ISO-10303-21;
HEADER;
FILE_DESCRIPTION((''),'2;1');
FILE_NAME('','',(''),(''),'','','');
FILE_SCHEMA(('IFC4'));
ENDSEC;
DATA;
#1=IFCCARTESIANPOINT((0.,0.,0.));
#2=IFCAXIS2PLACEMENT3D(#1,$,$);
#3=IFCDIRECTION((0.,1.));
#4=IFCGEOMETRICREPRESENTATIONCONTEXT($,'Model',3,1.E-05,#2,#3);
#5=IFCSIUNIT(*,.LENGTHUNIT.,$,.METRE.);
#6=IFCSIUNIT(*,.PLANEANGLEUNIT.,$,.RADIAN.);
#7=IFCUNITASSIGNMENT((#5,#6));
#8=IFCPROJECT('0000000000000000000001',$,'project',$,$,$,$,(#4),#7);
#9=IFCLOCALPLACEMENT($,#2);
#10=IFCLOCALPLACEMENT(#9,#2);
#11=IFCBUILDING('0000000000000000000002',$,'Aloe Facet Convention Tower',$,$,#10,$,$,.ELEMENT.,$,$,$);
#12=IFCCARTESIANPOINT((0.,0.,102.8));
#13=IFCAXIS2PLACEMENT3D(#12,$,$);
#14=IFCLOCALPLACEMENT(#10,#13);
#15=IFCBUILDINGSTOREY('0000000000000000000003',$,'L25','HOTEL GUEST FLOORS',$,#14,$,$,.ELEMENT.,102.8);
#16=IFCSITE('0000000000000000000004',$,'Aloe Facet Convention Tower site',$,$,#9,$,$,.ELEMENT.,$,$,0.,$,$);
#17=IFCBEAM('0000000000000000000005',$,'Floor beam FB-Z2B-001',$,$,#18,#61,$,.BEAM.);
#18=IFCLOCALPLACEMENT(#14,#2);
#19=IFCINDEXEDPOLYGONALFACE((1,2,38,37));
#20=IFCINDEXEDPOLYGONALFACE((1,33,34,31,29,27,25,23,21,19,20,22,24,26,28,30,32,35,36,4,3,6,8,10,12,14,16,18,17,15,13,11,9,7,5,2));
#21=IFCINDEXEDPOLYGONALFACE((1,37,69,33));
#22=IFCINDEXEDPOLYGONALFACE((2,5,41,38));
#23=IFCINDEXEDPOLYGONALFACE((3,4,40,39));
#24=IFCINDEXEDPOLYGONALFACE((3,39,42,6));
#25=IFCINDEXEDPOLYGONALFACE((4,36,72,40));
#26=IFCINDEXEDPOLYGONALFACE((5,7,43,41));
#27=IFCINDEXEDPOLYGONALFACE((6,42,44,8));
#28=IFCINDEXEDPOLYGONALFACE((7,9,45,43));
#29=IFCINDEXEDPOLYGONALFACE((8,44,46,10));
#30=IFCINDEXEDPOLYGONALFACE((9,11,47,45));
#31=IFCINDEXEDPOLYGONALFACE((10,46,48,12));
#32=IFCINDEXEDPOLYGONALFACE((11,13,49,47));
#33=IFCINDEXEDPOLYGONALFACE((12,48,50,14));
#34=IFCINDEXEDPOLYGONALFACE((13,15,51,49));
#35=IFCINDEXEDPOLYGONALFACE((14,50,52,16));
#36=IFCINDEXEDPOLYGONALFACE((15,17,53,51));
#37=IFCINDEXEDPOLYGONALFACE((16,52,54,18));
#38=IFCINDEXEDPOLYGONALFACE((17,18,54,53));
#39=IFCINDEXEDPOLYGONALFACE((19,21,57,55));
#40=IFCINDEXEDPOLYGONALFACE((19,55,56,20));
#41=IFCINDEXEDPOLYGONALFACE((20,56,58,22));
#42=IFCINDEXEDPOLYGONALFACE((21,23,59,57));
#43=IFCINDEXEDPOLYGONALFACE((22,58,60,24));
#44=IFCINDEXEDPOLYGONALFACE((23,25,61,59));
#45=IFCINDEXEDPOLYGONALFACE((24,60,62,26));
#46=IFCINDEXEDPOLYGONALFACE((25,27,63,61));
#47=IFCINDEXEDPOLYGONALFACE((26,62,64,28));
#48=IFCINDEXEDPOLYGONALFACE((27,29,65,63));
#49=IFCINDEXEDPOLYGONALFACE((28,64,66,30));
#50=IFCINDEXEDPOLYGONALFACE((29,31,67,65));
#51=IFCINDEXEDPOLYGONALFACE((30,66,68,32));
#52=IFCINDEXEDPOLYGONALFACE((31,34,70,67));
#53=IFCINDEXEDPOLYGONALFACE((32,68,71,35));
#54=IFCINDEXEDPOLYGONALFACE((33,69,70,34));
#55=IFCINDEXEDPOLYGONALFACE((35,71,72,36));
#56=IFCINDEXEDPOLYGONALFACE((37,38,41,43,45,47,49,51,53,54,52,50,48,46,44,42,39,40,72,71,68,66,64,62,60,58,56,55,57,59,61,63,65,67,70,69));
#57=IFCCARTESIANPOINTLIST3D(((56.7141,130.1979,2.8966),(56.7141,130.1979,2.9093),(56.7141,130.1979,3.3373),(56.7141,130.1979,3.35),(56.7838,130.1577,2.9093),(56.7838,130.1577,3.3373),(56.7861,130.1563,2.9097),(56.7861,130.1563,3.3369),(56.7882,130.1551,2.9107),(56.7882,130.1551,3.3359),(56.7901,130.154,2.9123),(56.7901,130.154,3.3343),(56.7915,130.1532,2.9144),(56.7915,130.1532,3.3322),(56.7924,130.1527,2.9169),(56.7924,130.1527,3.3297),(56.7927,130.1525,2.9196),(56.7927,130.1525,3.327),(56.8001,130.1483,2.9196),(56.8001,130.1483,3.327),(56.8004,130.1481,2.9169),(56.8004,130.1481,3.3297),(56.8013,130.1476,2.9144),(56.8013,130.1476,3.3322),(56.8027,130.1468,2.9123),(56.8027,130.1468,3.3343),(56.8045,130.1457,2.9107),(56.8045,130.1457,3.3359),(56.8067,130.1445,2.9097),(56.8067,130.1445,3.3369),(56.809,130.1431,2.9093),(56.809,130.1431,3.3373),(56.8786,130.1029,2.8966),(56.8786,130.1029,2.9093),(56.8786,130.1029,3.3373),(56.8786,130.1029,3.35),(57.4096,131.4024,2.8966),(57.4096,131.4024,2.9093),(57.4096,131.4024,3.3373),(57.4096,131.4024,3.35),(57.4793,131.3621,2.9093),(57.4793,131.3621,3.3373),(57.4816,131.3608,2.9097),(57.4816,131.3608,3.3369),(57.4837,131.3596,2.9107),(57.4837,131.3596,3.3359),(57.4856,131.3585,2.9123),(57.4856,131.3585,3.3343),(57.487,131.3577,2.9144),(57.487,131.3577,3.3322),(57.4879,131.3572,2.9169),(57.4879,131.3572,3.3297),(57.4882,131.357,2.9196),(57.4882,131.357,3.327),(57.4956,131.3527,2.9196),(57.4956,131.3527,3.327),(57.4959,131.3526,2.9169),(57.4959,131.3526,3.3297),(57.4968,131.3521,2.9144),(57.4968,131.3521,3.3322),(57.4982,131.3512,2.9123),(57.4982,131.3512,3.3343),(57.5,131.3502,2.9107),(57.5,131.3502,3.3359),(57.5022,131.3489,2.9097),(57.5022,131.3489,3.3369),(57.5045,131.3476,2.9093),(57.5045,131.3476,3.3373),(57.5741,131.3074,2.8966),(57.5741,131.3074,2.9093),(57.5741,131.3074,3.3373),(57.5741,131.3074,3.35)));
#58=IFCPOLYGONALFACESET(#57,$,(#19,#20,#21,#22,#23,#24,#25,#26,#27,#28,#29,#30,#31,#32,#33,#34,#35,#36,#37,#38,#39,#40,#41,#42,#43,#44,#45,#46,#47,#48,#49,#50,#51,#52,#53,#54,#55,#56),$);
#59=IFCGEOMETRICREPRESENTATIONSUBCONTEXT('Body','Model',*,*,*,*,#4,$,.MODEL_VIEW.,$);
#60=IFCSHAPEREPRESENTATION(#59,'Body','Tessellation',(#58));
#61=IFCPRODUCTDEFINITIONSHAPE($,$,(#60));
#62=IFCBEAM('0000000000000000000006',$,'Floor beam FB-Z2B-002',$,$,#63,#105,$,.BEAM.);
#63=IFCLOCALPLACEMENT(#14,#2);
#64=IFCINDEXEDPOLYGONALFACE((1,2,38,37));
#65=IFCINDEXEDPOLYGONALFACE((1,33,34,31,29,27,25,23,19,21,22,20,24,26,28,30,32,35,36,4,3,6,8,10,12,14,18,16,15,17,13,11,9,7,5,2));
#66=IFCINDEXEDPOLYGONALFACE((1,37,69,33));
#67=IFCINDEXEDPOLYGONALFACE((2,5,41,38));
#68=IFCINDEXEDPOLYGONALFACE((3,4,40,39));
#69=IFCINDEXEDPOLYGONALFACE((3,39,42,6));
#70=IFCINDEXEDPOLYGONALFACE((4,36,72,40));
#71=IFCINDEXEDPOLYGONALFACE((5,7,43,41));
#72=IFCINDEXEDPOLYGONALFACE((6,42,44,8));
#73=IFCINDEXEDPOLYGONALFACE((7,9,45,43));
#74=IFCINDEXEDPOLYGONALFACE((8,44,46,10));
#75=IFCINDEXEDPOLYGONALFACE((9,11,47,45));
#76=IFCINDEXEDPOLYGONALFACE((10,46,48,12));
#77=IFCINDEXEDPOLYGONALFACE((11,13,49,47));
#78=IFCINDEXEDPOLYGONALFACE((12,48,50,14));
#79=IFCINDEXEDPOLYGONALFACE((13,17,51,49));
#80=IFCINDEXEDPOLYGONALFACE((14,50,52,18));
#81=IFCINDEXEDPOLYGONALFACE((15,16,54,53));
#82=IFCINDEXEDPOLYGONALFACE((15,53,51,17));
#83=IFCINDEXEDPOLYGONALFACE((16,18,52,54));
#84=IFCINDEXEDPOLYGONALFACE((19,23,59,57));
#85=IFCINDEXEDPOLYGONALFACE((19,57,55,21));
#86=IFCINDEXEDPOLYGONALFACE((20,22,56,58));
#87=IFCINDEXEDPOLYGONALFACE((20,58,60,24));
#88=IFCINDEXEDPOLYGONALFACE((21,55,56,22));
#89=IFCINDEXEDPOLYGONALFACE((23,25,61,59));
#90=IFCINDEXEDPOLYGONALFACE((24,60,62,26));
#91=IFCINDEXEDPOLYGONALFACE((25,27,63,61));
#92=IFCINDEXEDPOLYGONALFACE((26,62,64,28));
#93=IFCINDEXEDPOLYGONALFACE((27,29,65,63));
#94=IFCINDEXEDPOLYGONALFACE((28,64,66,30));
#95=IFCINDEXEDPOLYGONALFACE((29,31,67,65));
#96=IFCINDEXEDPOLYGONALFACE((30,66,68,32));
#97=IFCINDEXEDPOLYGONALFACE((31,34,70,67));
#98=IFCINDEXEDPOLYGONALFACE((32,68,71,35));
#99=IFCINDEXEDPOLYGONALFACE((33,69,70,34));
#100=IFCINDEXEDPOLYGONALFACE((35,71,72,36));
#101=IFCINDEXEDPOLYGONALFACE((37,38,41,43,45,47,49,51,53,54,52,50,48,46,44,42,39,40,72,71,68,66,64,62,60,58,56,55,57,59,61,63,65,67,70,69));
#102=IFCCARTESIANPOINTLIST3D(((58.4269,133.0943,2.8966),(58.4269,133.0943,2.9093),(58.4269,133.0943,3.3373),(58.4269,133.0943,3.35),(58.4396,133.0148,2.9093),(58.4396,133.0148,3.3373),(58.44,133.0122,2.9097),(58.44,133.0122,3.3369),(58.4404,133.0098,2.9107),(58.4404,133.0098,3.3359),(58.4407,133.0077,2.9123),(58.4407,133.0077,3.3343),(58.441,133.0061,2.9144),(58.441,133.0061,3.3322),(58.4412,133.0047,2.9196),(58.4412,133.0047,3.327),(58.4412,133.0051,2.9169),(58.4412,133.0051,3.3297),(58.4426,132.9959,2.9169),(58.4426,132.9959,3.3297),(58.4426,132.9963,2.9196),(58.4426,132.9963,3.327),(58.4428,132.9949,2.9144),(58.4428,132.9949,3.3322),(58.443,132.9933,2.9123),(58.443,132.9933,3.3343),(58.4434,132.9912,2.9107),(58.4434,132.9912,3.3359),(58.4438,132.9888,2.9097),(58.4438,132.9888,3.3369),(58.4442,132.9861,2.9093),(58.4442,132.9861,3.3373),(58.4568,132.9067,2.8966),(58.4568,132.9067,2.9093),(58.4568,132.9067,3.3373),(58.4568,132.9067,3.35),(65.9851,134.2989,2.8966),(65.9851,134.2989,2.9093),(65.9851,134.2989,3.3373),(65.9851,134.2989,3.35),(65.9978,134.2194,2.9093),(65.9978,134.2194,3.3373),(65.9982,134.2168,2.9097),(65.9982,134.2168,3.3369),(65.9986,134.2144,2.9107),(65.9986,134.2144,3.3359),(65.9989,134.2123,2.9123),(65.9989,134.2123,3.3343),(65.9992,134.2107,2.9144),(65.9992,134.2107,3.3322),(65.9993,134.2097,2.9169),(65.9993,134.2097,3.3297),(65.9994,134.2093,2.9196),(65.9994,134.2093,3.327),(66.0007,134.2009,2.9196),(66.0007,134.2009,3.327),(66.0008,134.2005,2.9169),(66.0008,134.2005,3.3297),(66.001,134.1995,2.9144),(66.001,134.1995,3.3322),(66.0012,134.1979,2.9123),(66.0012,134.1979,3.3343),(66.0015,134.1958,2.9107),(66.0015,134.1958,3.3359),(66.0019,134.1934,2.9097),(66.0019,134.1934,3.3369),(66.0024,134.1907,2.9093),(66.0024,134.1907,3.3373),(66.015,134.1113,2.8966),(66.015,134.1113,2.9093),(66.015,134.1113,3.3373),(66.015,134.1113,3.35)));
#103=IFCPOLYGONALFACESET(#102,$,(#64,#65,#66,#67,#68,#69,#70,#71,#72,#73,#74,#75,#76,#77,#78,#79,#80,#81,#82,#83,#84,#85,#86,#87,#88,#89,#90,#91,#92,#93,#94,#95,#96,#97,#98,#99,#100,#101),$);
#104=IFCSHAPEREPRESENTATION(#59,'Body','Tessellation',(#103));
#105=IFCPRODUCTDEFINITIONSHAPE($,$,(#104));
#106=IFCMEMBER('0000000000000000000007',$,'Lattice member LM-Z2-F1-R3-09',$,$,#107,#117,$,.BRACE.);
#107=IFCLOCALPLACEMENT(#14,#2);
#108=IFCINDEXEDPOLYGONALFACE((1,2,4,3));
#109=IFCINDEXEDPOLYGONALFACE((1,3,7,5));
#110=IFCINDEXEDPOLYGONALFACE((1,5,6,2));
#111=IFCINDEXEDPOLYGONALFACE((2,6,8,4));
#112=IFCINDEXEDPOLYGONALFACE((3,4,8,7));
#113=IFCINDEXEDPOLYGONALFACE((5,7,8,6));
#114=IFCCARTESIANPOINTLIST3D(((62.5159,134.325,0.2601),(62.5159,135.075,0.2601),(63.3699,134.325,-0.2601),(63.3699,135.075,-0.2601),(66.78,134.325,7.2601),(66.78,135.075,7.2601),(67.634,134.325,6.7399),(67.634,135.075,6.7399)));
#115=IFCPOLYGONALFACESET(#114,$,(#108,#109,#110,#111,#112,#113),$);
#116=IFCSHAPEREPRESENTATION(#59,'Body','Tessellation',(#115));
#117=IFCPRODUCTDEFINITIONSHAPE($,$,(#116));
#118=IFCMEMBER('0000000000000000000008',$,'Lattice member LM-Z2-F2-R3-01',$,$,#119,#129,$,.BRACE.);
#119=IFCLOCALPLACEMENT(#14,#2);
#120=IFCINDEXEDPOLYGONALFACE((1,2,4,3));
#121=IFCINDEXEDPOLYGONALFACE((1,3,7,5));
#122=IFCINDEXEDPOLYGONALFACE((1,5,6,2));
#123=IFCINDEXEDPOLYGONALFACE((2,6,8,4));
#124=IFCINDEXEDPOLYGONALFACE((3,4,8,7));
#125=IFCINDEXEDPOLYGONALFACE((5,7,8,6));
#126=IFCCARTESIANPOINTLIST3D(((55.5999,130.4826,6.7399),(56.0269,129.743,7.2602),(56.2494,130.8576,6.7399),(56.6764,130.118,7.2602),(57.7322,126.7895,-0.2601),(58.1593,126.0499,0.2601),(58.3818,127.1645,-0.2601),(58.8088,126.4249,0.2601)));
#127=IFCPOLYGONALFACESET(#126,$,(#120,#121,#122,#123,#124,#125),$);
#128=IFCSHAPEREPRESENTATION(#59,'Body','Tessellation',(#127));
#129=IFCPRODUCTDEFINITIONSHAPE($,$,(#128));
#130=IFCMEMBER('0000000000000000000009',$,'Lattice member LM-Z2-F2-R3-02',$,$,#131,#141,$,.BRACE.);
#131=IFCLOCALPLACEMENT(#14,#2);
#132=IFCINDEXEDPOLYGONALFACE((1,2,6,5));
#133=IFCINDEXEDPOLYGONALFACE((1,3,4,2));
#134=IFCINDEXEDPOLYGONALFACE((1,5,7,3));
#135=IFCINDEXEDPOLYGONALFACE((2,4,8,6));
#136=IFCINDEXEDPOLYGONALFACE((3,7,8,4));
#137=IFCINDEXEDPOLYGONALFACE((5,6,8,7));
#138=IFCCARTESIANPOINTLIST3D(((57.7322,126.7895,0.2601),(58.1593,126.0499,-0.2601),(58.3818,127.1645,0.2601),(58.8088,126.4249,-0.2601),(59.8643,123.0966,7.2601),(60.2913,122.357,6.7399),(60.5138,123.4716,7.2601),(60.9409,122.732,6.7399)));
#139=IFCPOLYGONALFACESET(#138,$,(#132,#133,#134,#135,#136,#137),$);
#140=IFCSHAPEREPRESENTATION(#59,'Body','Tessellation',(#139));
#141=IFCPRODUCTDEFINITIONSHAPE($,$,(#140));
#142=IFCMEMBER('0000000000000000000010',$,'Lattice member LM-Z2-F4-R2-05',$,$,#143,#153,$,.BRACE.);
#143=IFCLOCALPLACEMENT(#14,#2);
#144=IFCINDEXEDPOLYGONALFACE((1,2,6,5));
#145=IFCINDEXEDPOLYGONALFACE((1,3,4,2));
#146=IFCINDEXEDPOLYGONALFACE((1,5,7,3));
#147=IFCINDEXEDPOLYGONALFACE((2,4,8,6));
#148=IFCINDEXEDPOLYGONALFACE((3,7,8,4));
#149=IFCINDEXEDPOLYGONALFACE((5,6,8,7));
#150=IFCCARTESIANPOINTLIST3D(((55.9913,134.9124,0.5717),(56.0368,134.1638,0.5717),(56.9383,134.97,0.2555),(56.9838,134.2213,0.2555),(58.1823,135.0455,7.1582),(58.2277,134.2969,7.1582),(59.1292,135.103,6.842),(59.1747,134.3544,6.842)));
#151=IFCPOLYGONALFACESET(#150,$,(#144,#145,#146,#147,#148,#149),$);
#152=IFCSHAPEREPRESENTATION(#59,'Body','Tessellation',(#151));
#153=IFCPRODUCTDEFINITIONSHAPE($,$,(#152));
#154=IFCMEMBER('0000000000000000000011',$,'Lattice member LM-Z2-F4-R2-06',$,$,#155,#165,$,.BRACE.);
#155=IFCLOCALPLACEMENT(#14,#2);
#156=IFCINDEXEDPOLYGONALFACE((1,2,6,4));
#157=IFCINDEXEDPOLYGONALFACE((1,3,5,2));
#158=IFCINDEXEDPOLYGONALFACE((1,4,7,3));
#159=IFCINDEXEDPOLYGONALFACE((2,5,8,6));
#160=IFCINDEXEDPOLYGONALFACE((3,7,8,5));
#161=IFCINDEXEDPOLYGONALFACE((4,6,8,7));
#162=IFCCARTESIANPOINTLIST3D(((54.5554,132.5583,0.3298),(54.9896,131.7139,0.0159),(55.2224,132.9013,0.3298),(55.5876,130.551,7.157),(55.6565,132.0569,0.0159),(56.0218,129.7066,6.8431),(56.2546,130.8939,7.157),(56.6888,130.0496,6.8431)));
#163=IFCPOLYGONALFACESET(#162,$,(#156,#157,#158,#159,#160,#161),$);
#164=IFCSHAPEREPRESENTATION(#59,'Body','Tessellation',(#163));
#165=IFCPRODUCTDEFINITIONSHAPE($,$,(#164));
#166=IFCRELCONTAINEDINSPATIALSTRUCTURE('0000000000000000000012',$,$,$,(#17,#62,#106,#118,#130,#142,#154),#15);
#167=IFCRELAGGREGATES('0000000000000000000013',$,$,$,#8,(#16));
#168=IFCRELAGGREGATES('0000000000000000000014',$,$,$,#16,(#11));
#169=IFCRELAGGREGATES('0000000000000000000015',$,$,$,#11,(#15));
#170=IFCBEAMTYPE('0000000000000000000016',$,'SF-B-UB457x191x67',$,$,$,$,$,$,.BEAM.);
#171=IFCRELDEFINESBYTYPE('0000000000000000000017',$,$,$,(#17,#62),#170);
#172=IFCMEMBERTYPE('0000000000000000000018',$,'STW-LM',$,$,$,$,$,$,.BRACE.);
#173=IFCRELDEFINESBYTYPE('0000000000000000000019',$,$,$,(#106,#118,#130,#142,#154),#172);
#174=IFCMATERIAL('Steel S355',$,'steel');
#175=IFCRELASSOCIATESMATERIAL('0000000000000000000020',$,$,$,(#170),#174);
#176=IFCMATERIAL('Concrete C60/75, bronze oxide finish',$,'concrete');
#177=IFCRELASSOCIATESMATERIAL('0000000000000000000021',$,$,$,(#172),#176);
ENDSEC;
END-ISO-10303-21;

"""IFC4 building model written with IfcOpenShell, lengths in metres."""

from ifc_helpers import new_model, si_unit, direction, frame, origin, origin_2d, place, context, subcontext, project, spatial, rectangle, i_section, extrude, material, material_profile, profile_set, type_object, element, save


model = new_model("IFC4")

# Units and contexts
model_context = context("Model", 3, precision=1e-05, world=origin(), true_north=direction((0.0, 1.0)))
body_context = subcontext(model_context, "Body", "Model", "MODEL_VIEW")
ifc_project = project(units=[si_unit("LENGTHUNIT", "METRE"), si_unit("PLANEANGLEUNIT", "RADIAN")], contexts=[model_context])

# Site, building, storey
site_placement = place(None, origin())
site = spatial("IfcSite", under=ifc_project, at=site_placement, Name="Aloe Facet Convention Tower site", CompositionType="ELEMENT", RefElevation=0.0)
building_placement = place(site_placement, origin())
building = spatial("IfcBuilding", under=site, at=building_placement, Name="Aloe Facet Convention Tower", CompositionType="ELEMENT")
storey_placement = place(building_placement, frame((0.0, 0.0, 102.8)))
storey = spatial("IfcBuildingStorey", under=building, at=storey_placement, Name="L25", Description="HOTEL GUEST FLOORS", CompositionType="ELEMENT", Elevation=102.8)

# Beams
ifc_material_1 = material(Name="Steel S355", Category="steel")
ifc_material_profile_1 = material_profile(ifc_material_1, i_section(OverallWidth=0.1899, OverallDepth=0.4534, WebThickness=0.0085, FlangeThickness=0.0127, FilletRadius=0.0103, at=origin_2d()), Name="UB 457x191x67")
ifc_profile_set_1 = profile_set([ifc_material_profile_1], Name="Steel S355")
beam_type_1 = type_object("IfcBeamType", Name="SF-B-UB457x191x67", PredefinedType="BEAM", material=ifc_profile_set_1)
beam_1_placement = place(storey_placement, frame((56.7964, 130.1504, 3.1233), z_axis=(0.500047, 0.865999, 0.0), x_axis=(-0.865999, 0.500047, 0.0)))
element("IfcBeam", 1, at=beam_1_placement, inside=storey, type_object=beam_type_1, Name="Floor beam FB-Z2B-001", PredefinedType="BEAM", context=body_context, shape_type="SweptSolid", body=[
    extrude(i_section(OverallWidth=0.1899, OverallDepth=0.4534, WebThickness=0.0085, FlangeThickness=0.0127, FilletRadius=0.0103, at=origin_2d()), origin(), (0.0, 0.0, 1.0), 1.3909),
])
beam_2_placement = place(storey_placement, frame((58.4419, 133.0005, 3.1233), z_axis=(0.987536, 0.157391, 0.0), x_axis=(-0.157391, 0.987536, 0.0)))
element("IfcBeam", 2, at=beam_2_placement, inside=storey, type_object=beam_type_1, Name="Floor beam FB-Z2B-002", PredefinedType="BEAM", context=body_context, shape_type="SweptSolid", body=[
    extrude(i_section(OverallWidth=0.1899, OverallDepth=0.4534, WebThickness=0.0085, FlangeThickness=0.0127, FilletRadius=0.0103, at=origin_2d()), origin(), (0.0, 0.0, 1.0), 7.6536),
])

# Members
ifc_material_2 = material(Name="Concrete C60/75, bronze oxide finish", Category="concrete")
ifc_material_profile_2 = material_profile(ifc_material_2, rectangle(XDim=0.75, YDim=1.0, at=origin_2d()), Name="STW-LM")
ifc_profile_set_2 = profile_set([ifc_material_profile_2], Name="Concrete C60/75, bronze oxide finish")
member_type = type_object("IfcMemberType", Name="STW-LM", PredefinedType="BRACE", material=ifc_profile_set_2)
member_1_placement = place(storey_placement, frame((62.9429, 134.7, 0.0), z_axis=(0.52024, 0.0, 0.85402), x_axis=(0.0, 1.0, 0.0)))
element("IfcMember", 3, at=member_1_placement, inside=storey, type_object=member_type, Name="Lattice member LM-Z2-F1-R3-09", PredefinedType="BRACE", context=body_context, shape_type="SweptSolid", body=[
    extrude(rectangle(XDim=0.75, YDim=1.0, at=origin_2d()), origin(), (0.0, 0.0, 1.0), 8.1965),
])
member_2_placement = place(storey_placement, frame((58.2705, 126.6072, 0.0), z_axis=(-0.260144, 0.450561, 0.854002), x_axis=(-0.866015, -0.500018, 0.0)))
element("IfcMember", 4, at=member_2_placement, inside=storey, type_object=member_type, Name="Lattice member LM-Z2-F2-R3-01", PredefinedType="BRACE", context=body_context, shape_type="SweptSolid", body=[
    extrude(rectangle(XDim=0.75, YDim=1.0, at=origin_2d()), origin(), (0.0, 0.0, 1.0), 8.1968),
])
member_3_placement = place(storey_placement, frame((58.2705, 126.6072, 0.0), z_axis=(0.26012, -0.450541, 0.85402), x_axis=(0.866025, 0.5, 0.0)))
element("IfcMember", 5, at=member_3_placement, inside=storey, type_object=member_type, Name="Lattice member LM-Z2-F2-R3-02", PredefinedType="BRACE", context=body_context, shape_type="SweptSolid", body=[
    extrude(rectangle(XDim=0.75, YDim=1.0, at=origin_2d()), origin(), (0.0, 0.0, 1.0), 8.1965),
])
member_4_placement = place(storey_placement, frame((56.4875, 134.5669, 0.4136), z_axis=(0.315579, 0.019165, 0.948706), x_axis=(-0.060619, 0.998161, 0.0)))
element("IfcMember", 6, at=member_4_placement, inside=storey, type_object=member_type, Name="Lattice member LM-Z2-F4-R2-05", PredefinedType="BRACE", context=body_context, shape_type="SweptSolid", body=[
    extrude(rectangle(XDim=0.75, YDim=1.0, at=origin_2d()), origin(), (0.0, 0.0, 1.0), 6.9426),
])
member_5_placement = place(storey_placement, frame((55.106, 132.3076, 0.1729), z_axis=(0.143552, -0.279159, 0.949454), x_axis=(0.889308, 0.457309, 0.0)))
element("IfcMember", 7, at=member_5_placement, inside=storey, type_object=member_type, Name="Lattice member LM-Z2-F4-R2-06", PredefinedType="BRACE", context=body_context, shape_type="SweptSolid", body=[
    extrude(rectangle(XDim=0.75, YDim=1.0, at=origin_2d()), origin(), (0.0, 0.0, 1.0), 7.1907),
])

save(model, "model.ifc")
